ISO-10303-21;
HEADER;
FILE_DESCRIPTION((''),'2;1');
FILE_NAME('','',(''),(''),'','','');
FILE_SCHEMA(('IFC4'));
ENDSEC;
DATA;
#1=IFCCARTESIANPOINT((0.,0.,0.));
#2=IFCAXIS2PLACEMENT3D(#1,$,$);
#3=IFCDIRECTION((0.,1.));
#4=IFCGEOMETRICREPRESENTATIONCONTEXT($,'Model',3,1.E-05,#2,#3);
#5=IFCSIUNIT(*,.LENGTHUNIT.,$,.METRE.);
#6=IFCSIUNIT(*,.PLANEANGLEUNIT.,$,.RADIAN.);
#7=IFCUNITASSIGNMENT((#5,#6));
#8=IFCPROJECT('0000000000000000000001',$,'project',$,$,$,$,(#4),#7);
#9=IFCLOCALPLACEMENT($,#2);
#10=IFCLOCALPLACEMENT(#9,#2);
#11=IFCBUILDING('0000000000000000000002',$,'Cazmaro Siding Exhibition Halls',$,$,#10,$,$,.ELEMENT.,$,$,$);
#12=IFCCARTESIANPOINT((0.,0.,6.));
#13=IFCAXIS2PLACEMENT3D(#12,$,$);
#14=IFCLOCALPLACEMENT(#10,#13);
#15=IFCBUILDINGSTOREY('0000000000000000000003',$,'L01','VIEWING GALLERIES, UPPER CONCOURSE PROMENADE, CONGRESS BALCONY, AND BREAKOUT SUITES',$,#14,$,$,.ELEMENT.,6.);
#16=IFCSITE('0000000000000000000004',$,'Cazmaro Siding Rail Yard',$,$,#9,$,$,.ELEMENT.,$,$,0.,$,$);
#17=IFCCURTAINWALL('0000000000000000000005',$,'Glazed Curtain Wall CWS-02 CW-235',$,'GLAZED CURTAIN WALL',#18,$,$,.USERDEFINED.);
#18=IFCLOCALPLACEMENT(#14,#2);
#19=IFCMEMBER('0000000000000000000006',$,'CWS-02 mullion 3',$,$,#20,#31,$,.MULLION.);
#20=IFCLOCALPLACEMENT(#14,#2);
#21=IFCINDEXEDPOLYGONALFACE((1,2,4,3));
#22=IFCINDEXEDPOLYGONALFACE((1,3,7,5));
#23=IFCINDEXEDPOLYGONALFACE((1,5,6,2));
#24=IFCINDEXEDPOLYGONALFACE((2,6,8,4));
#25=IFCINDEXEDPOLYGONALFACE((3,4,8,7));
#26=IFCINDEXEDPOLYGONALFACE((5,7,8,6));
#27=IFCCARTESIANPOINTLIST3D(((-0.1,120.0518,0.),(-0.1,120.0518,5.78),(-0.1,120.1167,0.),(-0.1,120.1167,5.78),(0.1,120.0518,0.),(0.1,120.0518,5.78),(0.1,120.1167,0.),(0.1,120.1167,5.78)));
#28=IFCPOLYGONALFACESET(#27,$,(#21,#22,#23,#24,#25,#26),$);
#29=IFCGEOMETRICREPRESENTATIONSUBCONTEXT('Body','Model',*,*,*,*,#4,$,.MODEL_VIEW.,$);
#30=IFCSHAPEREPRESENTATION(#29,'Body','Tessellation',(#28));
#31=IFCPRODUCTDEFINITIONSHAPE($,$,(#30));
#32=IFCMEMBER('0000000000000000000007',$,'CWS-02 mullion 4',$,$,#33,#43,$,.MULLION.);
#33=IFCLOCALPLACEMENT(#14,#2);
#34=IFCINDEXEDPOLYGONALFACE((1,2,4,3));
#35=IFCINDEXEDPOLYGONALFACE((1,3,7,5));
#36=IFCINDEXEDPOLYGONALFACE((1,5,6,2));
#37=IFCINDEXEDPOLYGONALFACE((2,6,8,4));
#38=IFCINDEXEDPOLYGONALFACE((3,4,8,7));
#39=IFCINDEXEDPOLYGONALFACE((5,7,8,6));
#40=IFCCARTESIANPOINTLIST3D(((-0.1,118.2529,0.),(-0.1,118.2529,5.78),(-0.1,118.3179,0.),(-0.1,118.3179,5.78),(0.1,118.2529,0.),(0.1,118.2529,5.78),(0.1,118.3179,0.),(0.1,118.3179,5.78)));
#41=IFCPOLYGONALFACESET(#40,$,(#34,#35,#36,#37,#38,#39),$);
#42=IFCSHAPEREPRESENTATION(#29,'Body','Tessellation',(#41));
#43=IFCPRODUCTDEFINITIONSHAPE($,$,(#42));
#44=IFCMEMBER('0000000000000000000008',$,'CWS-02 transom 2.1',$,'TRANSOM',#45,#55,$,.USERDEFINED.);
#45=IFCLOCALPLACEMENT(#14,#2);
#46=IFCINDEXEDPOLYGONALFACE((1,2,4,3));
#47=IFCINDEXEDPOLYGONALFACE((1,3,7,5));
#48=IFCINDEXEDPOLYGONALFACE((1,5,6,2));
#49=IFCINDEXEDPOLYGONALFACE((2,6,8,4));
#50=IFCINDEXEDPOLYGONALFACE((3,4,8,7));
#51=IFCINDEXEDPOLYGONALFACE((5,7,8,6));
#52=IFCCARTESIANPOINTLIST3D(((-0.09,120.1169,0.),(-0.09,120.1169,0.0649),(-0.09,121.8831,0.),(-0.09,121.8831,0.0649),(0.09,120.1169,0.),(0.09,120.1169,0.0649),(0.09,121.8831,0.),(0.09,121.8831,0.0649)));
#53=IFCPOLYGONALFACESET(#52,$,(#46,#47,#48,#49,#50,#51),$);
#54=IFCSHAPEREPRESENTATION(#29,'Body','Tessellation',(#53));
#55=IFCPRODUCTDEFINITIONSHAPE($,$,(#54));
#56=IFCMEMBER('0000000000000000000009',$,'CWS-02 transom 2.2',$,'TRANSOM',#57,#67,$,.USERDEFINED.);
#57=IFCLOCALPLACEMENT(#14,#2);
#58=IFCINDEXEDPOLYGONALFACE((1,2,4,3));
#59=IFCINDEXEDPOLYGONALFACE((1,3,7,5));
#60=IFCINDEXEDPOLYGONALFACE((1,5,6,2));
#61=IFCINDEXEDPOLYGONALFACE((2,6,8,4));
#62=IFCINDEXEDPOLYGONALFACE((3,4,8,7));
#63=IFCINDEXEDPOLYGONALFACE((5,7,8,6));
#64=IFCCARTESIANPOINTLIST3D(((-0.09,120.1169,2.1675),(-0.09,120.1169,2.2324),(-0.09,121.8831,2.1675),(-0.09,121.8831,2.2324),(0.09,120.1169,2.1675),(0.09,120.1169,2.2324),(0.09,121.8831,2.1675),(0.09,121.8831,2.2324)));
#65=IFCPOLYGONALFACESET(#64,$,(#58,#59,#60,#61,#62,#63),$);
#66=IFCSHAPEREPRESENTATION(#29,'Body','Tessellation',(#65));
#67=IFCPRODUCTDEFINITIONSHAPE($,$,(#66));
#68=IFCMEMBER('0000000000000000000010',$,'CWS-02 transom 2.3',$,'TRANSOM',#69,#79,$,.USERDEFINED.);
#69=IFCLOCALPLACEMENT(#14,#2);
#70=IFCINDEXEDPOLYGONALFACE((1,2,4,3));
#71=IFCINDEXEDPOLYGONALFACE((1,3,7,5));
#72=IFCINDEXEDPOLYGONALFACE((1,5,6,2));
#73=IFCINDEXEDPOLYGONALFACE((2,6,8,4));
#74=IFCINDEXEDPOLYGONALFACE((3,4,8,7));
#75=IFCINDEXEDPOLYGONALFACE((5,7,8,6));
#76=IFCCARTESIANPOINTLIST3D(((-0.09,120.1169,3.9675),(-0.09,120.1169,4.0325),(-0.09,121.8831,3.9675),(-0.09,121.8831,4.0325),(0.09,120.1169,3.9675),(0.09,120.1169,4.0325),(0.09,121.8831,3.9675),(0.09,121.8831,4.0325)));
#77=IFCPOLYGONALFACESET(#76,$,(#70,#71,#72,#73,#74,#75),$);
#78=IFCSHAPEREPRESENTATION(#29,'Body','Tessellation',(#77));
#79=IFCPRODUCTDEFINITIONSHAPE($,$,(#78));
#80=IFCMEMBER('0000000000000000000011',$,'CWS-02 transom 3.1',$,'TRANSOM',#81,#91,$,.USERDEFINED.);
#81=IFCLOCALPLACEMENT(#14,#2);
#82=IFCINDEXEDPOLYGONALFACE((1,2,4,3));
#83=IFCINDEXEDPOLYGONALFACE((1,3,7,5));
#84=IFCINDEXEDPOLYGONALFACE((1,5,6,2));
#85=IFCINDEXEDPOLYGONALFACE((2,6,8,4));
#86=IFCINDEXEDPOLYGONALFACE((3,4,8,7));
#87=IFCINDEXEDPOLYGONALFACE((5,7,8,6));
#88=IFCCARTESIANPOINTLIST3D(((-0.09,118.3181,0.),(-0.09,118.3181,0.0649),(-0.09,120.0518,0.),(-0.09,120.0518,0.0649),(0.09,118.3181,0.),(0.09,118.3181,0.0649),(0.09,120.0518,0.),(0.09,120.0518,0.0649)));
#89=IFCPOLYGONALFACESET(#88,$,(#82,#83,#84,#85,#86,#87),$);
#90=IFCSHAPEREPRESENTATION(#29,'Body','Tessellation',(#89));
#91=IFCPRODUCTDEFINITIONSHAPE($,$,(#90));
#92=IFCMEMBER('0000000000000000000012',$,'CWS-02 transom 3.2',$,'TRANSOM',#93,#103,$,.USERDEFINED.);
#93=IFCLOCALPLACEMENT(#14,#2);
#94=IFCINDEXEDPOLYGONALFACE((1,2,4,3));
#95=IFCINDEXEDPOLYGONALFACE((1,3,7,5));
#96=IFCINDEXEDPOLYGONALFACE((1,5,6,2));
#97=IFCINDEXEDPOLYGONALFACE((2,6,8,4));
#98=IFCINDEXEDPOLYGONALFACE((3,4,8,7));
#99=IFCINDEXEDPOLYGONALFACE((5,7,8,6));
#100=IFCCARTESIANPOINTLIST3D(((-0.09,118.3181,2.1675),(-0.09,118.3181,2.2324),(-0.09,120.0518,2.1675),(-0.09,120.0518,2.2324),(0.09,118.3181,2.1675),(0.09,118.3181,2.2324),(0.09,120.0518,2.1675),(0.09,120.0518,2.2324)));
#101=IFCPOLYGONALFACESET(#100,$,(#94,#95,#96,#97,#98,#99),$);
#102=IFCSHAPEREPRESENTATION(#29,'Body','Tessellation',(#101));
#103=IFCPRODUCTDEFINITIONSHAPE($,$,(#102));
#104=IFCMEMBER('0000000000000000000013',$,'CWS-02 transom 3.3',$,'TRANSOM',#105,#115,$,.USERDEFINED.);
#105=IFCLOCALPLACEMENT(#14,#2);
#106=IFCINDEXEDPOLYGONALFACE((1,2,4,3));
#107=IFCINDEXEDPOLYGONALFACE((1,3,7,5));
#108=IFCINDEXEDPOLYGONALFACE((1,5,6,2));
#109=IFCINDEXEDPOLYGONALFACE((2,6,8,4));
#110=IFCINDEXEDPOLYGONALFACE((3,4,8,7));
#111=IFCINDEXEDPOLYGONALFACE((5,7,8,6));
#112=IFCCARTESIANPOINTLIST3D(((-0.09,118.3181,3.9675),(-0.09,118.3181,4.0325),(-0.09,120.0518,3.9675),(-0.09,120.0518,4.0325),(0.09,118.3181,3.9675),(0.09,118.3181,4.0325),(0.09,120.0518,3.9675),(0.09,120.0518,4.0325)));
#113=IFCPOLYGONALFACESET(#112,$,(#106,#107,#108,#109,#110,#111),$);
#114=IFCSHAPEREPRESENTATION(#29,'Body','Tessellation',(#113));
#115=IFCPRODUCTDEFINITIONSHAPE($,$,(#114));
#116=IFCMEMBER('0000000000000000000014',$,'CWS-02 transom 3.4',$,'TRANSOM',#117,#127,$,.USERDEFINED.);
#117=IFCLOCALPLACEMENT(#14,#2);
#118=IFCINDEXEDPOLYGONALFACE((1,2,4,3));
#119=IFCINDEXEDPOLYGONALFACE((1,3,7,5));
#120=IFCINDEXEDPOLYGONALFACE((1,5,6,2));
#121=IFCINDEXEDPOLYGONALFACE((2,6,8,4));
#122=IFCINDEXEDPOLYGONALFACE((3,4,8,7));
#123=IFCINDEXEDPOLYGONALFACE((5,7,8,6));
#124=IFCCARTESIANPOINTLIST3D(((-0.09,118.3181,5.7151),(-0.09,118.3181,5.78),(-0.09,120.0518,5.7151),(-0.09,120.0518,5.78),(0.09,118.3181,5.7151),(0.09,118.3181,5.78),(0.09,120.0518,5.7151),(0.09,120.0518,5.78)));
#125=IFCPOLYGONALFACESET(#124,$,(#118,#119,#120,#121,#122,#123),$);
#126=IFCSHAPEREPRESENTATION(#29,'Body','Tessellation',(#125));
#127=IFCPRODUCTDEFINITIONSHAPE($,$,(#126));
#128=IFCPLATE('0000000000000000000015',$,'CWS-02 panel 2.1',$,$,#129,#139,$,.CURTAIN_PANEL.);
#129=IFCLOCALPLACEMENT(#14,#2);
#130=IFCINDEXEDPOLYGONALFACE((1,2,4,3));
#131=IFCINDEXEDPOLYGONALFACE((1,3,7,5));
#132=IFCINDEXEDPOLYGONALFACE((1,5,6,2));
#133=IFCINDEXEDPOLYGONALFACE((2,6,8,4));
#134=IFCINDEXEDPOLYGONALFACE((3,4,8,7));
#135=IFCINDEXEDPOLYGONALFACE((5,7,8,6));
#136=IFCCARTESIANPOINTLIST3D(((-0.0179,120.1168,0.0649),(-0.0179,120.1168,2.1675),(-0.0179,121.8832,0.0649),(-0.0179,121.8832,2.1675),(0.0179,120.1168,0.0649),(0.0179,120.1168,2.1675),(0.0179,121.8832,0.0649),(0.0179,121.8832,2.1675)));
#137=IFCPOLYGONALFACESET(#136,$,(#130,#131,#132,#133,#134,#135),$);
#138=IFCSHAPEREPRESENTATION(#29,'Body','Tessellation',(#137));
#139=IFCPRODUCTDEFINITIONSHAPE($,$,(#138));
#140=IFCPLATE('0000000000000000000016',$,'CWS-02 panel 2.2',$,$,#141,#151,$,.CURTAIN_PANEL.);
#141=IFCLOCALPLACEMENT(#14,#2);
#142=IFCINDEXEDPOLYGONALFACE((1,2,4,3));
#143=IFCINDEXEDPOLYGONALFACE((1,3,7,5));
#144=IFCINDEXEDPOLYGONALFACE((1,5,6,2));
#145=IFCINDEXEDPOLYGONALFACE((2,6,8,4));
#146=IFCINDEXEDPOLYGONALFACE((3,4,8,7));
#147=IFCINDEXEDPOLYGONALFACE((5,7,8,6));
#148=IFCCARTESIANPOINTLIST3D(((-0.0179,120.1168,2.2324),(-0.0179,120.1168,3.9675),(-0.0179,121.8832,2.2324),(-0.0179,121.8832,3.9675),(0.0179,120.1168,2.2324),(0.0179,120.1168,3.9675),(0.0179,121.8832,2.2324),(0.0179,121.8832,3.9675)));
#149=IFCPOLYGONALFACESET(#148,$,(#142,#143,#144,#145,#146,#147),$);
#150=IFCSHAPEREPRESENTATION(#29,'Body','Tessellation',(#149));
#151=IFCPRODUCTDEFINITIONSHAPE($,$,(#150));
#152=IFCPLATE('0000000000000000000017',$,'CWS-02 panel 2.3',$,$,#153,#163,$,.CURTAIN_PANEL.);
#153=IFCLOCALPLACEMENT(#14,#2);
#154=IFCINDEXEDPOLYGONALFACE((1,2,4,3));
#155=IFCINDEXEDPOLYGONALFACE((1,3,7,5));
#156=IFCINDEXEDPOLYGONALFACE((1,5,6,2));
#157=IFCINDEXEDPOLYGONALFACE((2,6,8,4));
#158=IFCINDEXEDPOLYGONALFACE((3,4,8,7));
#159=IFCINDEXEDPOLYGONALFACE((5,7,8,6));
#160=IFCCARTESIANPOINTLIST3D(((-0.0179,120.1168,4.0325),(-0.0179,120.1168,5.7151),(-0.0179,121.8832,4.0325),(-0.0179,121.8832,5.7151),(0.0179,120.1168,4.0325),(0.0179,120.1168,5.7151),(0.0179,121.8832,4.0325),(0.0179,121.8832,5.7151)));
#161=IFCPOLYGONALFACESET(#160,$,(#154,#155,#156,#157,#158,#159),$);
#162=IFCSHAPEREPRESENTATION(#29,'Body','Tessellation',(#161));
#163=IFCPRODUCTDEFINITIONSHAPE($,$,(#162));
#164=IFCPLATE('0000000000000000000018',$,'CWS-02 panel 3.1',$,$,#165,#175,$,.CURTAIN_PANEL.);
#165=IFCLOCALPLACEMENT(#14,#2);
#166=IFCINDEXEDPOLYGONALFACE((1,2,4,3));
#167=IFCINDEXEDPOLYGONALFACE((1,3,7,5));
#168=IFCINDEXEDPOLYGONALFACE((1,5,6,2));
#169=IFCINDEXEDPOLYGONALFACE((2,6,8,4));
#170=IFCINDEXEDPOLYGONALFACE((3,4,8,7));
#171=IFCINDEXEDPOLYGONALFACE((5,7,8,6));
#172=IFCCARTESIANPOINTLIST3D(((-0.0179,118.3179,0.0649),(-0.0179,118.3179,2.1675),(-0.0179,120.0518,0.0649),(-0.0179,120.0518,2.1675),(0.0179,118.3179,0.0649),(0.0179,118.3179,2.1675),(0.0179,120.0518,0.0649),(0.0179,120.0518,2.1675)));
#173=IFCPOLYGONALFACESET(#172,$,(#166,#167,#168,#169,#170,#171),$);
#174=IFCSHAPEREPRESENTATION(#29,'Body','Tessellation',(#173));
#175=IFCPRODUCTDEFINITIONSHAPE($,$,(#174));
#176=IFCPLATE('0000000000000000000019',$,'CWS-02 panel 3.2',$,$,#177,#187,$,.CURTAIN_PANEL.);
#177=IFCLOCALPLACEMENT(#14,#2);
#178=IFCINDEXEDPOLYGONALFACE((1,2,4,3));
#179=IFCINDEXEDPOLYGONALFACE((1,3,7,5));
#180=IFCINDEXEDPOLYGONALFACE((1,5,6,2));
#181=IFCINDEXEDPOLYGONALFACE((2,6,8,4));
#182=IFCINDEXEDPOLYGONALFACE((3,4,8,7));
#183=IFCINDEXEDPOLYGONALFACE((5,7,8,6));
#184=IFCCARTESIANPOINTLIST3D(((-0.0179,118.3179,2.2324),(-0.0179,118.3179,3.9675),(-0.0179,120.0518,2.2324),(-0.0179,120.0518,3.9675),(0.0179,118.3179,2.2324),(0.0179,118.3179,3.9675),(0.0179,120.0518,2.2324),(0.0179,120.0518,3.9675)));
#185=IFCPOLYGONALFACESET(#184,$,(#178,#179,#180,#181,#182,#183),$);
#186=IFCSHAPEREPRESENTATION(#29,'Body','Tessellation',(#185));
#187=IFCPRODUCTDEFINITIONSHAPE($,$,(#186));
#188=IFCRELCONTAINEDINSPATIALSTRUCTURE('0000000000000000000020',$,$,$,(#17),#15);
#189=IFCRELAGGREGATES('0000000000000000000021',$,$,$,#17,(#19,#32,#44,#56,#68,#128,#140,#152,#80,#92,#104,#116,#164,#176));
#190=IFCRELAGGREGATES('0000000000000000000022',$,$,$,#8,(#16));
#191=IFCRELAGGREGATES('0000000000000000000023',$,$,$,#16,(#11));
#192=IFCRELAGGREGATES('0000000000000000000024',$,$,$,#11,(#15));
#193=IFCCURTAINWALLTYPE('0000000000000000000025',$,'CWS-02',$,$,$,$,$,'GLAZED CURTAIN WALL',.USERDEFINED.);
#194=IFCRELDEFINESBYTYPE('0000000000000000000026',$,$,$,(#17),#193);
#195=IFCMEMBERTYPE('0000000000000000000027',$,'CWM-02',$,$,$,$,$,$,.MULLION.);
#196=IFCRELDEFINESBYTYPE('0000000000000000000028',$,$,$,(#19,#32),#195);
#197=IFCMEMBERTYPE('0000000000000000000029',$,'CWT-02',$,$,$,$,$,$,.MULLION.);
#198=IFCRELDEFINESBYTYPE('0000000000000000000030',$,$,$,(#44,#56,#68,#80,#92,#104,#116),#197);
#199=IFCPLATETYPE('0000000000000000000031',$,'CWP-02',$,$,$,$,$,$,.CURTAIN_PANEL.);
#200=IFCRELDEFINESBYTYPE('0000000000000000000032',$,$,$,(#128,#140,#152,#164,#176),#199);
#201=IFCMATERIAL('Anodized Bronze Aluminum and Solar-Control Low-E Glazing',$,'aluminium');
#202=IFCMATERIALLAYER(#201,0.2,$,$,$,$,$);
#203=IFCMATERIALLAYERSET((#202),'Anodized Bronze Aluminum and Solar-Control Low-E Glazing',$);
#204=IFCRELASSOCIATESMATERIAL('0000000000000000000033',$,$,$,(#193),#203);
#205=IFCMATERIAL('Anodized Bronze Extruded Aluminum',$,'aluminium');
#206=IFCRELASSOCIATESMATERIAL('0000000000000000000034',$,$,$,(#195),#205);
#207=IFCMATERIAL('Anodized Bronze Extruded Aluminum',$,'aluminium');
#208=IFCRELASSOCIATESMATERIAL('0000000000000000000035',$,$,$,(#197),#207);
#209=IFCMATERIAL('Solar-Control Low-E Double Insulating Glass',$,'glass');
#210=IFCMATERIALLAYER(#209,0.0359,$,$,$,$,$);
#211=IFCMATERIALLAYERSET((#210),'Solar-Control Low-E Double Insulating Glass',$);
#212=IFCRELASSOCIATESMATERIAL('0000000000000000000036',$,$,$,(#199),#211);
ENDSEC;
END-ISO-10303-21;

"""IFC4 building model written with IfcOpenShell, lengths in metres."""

from ifc_helpers import new_model, si_unit, direction, frame, origin, origin_2d, place, context, subcontext, project, spatial, rectangle, extrude, material, layer, layer_set, material_profile, profile_set, type_object, element, aggregate, save


model = new_model("IFC4")

# Units and contexts
model_context = context("Model", 3, precision=1e-05, world=origin(), true_north=direction((0.0, 1.0)))
body_context = subcontext(model_context, "Body", "Model", "MODEL_VIEW")
ifc_project = project(units=[si_unit("LENGTHUNIT", "METRE"), si_unit("PLANEANGLEUNIT", "RADIAN")], contexts=[model_context])

# Site, building, storey
site_placement = place(None, origin())
site = spatial("IfcSite", under=ifc_project, at=site_placement, Name="Cazmaro Siding Rail Yard", CompositionType="ELEMENT", RefElevation=0.0)
building_placement = place(site_placement, origin())
building = spatial("IfcBuilding", under=site, at=building_placement, Name="Cazmaro Siding Exhibition Halls", CompositionType="ELEMENT")
storey_placement = place(building_placement, frame((0.0, 0.0, 6.0)))
storey = spatial("IfcBuildingStorey", under=building, at=storey_placement, Name="L01", Description="VIEWING GALLERIES, UPPER CONCOURSE PROMENADE, CONGRESS BALCONY, AND BREAKOUT SUITES", CompositionType="ELEMENT", Elevation=6.0)

# Curtain wall, members, plates
ifc_material_1 = material(Name="Anodized Bronze Aluminum and Solar-Control Low-E Glazing", Category="aluminium")
ifc_layer_1 = layer(ifc_material_1, 0.2)
ifc_layer_set_1 = layer_set([ifc_layer_1], Name="Anodized Bronze Aluminum and Solar-Control Low-E Glazing")
curtain_wall_type = type_object("IfcCurtainWallType", Name="CWS-02", ElementType="GLAZED CURTAIN WALL", PredefinedType="USERDEFINED", material=ifc_layer_set_1)
curtain_wall_placement = place(storey_placement, origin())
curtain_wall = element("IfcCurtainWall", 1, at=curtain_wall_placement, inside=storey, type_object=curtain_wall_type, Name="Glazed Curtain Wall CWS-02 CW-235", ObjectType="GLAZED CURTAIN WALL", PredefinedType="USERDEFINED")
ifc_material_2 = material(Name="Anodized Bronze Extruded Aluminum", Category="aluminium")
ifc_material_profile_1 = material_profile(ifc_material_2, rectangle(XDim=0.2, YDim=0.0649, at=origin_2d()), Name="CWM-02")
ifc_profile_set_1 = profile_set([ifc_material_profile_1], Name="Anodized Bronze Extruded Aluminum")
member_type_1 = type_object("IfcMemberType", Name="CWM-02", PredefinedType="MULLION", material=ifc_profile_set_1)
member_1_placement = place(storey_placement, frame((0.0, 120.0842, 0.0), z_axis=(0.0, 0.0, 1.0), x_axis=(1.0, 0.0, 0.0)))
member_1 = element("IfcMember", 2, at=member_1_placement, type_object=member_type_1, Name="CWS-02 mullion 3", PredefinedType="MULLION", context=body_context, shape_type="SweptSolid", body=[
    extrude(rectangle(XDim=0.2, YDim=0.0649, at=origin_2d()), origin(), (0.0, 0.0, 1.0), 5.78),
])
member_2_placement = place(storey_placement, frame((0.0, 118.2854, 0.0), z_axis=(0.0, 0.0, 1.0), x_axis=(1.0, 0.0, 0.0)))
member_2 = element("IfcMember", 3, at=member_2_placement, type_object=member_type_1, Name="CWS-02 mullion 4", PredefinedType="MULLION", context=body_context, shape_type="SweptSolid", body=[
    extrude(rectangle(XDim=0.2, YDim=0.0649, at=origin_2d()), origin(), (0.0, 0.0, 1.0), 5.78),
])
ifc_material_3 = material(Name="Anodized Bronze Extruded Aluminum", Category="aluminium")
ifc_material_profile_2 = material_profile(ifc_material_3, rectangle(XDim=0.1799, YDim=0.0649, at=origin_2d()), Name="CWT-02")
ifc_profile_set_2 = profile_set([ifc_material_profile_2], Name="Anodized Bronze Extruded Aluminum")
member_type_2 = type_object("IfcMemberType", Name="CWT-02", PredefinedType="MULLION", material=ifc_profile_set_2)
member_3_placement = place(storey_placement, frame((0.0, 121.8831, 0.0325), z_axis=(0.0, -1.0, 0.0), x_axis=(1.0, 0.0, 0.0)))
member_3 = element("IfcMember", 4, at=member_3_placement, type_object=member_type_2, Name="CWS-02 transom 2.1", ObjectType="TRANSOM", PredefinedType="USERDEFINED", context=body_context, shape_type="SweptSolid", body=[
    extrude(rectangle(XDim=0.1799, YDim=0.0649, at=origin_2d()), origin(), (0.0, 0.0, 1.0), 1.7661),
])
member_4_placement = place(storey_placement, frame((0.0, 121.8831, 2.2), z_axis=(0.0, -1.0, 0.0), x_axis=(1.0, 0.0, 0.0)))
member_4 = element("IfcMember", 5, at=member_4_placement, type_object=member_type_2, Name="CWS-02 transom 2.2", ObjectType="TRANSOM", PredefinedType="USERDEFINED", context=body_context, shape_type="SweptSolid", body=[
    extrude(rectangle(XDim=0.1799, YDim=0.0649, at=origin_2d()), origin(), (0.0, 0.0, 1.0), 1.7661),
])
member_5_placement = place(storey_placement, frame((0.0, 121.8831, 4.0), z_axis=(0.0, -1.0, 0.0), x_axis=(1.0, 0.0, 0.0)))
member_5 = element("IfcMember", 6, at=member_5_placement, type_object=member_type_2, Name="CWS-02 transom 2.3", ObjectType="TRANSOM", PredefinedType="USERDEFINED", context=body_context, shape_type="SweptSolid", body=[
    extrude(rectangle(XDim=0.1799, YDim=0.0649, at=origin_2d()), origin(), (0.0, 0.0, 1.0), 1.7661),
])
member_6_placement = place(storey_placement, frame((0.0, 120.0518, 0.0325), z_axis=(0.0, -1.0, 0.0), x_axis=(1.0, 0.0, 0.0)))
member_6 = element("IfcMember", 7, at=member_6_placement, type_object=member_type_2, Name="CWS-02 transom 3.1", ObjectType="TRANSOM", PredefinedType="USERDEFINED", context=body_context, shape_type="SweptSolid", body=[
    extrude(rectangle(XDim=0.1799, YDim=0.0649, at=origin_2d()), origin(), (0.0, 0.0, 1.0), 1.7336),
])
member_7_placement = place(storey_placement, frame((0.0, 120.0518, 2.2), z_axis=(0.0, -1.0, 0.0), x_axis=(1.0, 0.0, 0.0)))
member_7 = element("IfcMember", 8, at=member_7_placement, type_object=member_type_2, Name="CWS-02 transom 3.2", ObjectType="TRANSOM", PredefinedType="USERDEFINED", context=body_context, shape_type="SweptSolid", body=[
    extrude(rectangle(XDim=0.1799, YDim=0.0649, at=origin_2d()), origin(), (0.0, 0.0, 1.0), 1.7336),
])
member_8_placement = place(storey_placement, frame((0.0, 120.0518, 4.0), z_axis=(0.0, -1.0, 0.0), x_axis=(1.0, 0.0, 0.0)))
member_8 = element("IfcMember", 9, at=member_8_placement, type_object=member_type_2, Name="CWS-02 transom 3.3", ObjectType="TRANSOM", PredefinedType="USERDEFINED", context=body_context, shape_type="SweptSolid", body=[
    extrude(rectangle(XDim=0.1799, YDim=0.0649, at=origin_2d()), origin(), (0.0, 0.0, 1.0), 1.7336),
])
member_9_placement = place(storey_placement, frame((0.0, 120.0518, 5.7476), z_axis=(0.0, -1.0, 0.0), x_axis=(1.0, 0.0, 0.0)))
member_9 = element("IfcMember", 10, at=member_9_placement, type_object=member_type_2, Name="CWS-02 transom 3.4", ObjectType="TRANSOM", PredefinedType="USERDEFINED", context=body_context, shape_type="SweptSolid", body=[
    extrude(rectangle(XDim=0.1799, YDim=0.0649, at=origin_2d()), origin(), (0.0, 0.0, 1.0), 1.7336),
])
ifc_material_4 = material(Name="Solar-Control Low-E Double Insulating Glass", Category="glass")
ifc_layer_2 = layer(ifc_material_4, 0.0359)
ifc_layer_set_2 = layer_set([ifc_layer_2], Name="Solar-Control Low-E Double Insulating Glass")
plate_type = type_object("IfcPlateType", Name="CWP-02", PredefinedType="CURTAIN_PANEL", material=ifc_layer_set_2)
plate_1_placement = place(storey_placement, frame((0.0, 121.0, 0.0649), z_axis=(0.0, 0.0, 1.0), x_axis=(0.0, -1.0, 0.0)))
plate_1 = element("IfcPlate", 11, at=plate_1_placement, type_object=plate_type, Name="CWS-02 panel 2.1", PredefinedType="CURTAIN_PANEL", context=body_context, shape_type="SweptSolid", body=[
    extrude(rectangle(XDim=1.7664, YDim=0.0359, at=origin_2d()), origin(), (0.0, 0.0, 1.0), 2.1025),
])
plate_2_placement = place(storey_placement, frame((0.0, 121.0, 2.2324), z_axis=(0.0, 0.0, 1.0), x_axis=(0.0, -1.0, 0.0)))
plate_2 = element("IfcPlate", 12, at=plate_2_placement, type_object=plate_type, Name="CWS-02 panel 2.2", PredefinedType="CURTAIN_PANEL", context=body_context, shape_type="SweptSolid", body=[
    extrude(rectangle(XDim=1.7664, YDim=0.0359, at=origin_2d()), origin(), (0.0, 0.0, 1.0), 1.7351),
])
plate_3_placement = place(storey_placement, frame((0.0, 121.0, 4.0325), z_axis=(0.0, 0.0, 1.0), x_axis=(0.0, -1.0, 0.0)))
plate_3 = element("IfcPlate", 13, at=plate_3_placement, type_object=plate_type, Name="CWS-02 panel 2.3", PredefinedType="CURTAIN_PANEL", context=body_context, shape_type="SweptSolid", body=[
    extrude(rectangle(XDim=1.7664, YDim=0.0359, at=origin_2d()), origin(), (0.0, 0.0, 1.0), 1.6826),
])
plate_4_placement = place(storey_placement, frame((0.0, 119.1848, 0.0649), z_axis=(0.0, 0.0, 1.0), x_axis=(0.0, -1.0, 0.0)))
plate_4 = element("IfcPlate", 14, at=plate_4_placement, type_object=plate_type, Name="CWS-02 panel 3.1", PredefinedType="CURTAIN_PANEL", context=body_context, shape_type="SweptSolid", body=[
    extrude(rectangle(XDim=1.7339, YDim=0.0359, at=origin_2d()), origin(), (0.0, 0.0, 1.0), 2.1025),
])
plate_5_placement = place(storey_placement, frame((0.0, 119.1848, 2.2324), z_axis=(0.0, 0.0, 1.0), x_axis=(0.0, -1.0, 0.0)))
plate_5 = element("IfcPlate", 15, at=plate_5_placement, type_object=plate_type, Name="CWS-02 panel 3.2", PredefinedType="CURTAIN_PANEL", context=body_context, shape_type="SweptSolid", body=[
    extrude(rectangle(XDim=1.7339, YDim=0.0359, at=origin_2d()), origin(), (0.0, 0.0, 1.0), 1.7351),
])
aggregate(curtain_wall, [member_1, member_2, member_3, member_4, member_5, plate_1, plate_2, plate_3, member_6, member_7, member_8, member_9, plate_4, plate_5])

save(model, "model.ifc")
